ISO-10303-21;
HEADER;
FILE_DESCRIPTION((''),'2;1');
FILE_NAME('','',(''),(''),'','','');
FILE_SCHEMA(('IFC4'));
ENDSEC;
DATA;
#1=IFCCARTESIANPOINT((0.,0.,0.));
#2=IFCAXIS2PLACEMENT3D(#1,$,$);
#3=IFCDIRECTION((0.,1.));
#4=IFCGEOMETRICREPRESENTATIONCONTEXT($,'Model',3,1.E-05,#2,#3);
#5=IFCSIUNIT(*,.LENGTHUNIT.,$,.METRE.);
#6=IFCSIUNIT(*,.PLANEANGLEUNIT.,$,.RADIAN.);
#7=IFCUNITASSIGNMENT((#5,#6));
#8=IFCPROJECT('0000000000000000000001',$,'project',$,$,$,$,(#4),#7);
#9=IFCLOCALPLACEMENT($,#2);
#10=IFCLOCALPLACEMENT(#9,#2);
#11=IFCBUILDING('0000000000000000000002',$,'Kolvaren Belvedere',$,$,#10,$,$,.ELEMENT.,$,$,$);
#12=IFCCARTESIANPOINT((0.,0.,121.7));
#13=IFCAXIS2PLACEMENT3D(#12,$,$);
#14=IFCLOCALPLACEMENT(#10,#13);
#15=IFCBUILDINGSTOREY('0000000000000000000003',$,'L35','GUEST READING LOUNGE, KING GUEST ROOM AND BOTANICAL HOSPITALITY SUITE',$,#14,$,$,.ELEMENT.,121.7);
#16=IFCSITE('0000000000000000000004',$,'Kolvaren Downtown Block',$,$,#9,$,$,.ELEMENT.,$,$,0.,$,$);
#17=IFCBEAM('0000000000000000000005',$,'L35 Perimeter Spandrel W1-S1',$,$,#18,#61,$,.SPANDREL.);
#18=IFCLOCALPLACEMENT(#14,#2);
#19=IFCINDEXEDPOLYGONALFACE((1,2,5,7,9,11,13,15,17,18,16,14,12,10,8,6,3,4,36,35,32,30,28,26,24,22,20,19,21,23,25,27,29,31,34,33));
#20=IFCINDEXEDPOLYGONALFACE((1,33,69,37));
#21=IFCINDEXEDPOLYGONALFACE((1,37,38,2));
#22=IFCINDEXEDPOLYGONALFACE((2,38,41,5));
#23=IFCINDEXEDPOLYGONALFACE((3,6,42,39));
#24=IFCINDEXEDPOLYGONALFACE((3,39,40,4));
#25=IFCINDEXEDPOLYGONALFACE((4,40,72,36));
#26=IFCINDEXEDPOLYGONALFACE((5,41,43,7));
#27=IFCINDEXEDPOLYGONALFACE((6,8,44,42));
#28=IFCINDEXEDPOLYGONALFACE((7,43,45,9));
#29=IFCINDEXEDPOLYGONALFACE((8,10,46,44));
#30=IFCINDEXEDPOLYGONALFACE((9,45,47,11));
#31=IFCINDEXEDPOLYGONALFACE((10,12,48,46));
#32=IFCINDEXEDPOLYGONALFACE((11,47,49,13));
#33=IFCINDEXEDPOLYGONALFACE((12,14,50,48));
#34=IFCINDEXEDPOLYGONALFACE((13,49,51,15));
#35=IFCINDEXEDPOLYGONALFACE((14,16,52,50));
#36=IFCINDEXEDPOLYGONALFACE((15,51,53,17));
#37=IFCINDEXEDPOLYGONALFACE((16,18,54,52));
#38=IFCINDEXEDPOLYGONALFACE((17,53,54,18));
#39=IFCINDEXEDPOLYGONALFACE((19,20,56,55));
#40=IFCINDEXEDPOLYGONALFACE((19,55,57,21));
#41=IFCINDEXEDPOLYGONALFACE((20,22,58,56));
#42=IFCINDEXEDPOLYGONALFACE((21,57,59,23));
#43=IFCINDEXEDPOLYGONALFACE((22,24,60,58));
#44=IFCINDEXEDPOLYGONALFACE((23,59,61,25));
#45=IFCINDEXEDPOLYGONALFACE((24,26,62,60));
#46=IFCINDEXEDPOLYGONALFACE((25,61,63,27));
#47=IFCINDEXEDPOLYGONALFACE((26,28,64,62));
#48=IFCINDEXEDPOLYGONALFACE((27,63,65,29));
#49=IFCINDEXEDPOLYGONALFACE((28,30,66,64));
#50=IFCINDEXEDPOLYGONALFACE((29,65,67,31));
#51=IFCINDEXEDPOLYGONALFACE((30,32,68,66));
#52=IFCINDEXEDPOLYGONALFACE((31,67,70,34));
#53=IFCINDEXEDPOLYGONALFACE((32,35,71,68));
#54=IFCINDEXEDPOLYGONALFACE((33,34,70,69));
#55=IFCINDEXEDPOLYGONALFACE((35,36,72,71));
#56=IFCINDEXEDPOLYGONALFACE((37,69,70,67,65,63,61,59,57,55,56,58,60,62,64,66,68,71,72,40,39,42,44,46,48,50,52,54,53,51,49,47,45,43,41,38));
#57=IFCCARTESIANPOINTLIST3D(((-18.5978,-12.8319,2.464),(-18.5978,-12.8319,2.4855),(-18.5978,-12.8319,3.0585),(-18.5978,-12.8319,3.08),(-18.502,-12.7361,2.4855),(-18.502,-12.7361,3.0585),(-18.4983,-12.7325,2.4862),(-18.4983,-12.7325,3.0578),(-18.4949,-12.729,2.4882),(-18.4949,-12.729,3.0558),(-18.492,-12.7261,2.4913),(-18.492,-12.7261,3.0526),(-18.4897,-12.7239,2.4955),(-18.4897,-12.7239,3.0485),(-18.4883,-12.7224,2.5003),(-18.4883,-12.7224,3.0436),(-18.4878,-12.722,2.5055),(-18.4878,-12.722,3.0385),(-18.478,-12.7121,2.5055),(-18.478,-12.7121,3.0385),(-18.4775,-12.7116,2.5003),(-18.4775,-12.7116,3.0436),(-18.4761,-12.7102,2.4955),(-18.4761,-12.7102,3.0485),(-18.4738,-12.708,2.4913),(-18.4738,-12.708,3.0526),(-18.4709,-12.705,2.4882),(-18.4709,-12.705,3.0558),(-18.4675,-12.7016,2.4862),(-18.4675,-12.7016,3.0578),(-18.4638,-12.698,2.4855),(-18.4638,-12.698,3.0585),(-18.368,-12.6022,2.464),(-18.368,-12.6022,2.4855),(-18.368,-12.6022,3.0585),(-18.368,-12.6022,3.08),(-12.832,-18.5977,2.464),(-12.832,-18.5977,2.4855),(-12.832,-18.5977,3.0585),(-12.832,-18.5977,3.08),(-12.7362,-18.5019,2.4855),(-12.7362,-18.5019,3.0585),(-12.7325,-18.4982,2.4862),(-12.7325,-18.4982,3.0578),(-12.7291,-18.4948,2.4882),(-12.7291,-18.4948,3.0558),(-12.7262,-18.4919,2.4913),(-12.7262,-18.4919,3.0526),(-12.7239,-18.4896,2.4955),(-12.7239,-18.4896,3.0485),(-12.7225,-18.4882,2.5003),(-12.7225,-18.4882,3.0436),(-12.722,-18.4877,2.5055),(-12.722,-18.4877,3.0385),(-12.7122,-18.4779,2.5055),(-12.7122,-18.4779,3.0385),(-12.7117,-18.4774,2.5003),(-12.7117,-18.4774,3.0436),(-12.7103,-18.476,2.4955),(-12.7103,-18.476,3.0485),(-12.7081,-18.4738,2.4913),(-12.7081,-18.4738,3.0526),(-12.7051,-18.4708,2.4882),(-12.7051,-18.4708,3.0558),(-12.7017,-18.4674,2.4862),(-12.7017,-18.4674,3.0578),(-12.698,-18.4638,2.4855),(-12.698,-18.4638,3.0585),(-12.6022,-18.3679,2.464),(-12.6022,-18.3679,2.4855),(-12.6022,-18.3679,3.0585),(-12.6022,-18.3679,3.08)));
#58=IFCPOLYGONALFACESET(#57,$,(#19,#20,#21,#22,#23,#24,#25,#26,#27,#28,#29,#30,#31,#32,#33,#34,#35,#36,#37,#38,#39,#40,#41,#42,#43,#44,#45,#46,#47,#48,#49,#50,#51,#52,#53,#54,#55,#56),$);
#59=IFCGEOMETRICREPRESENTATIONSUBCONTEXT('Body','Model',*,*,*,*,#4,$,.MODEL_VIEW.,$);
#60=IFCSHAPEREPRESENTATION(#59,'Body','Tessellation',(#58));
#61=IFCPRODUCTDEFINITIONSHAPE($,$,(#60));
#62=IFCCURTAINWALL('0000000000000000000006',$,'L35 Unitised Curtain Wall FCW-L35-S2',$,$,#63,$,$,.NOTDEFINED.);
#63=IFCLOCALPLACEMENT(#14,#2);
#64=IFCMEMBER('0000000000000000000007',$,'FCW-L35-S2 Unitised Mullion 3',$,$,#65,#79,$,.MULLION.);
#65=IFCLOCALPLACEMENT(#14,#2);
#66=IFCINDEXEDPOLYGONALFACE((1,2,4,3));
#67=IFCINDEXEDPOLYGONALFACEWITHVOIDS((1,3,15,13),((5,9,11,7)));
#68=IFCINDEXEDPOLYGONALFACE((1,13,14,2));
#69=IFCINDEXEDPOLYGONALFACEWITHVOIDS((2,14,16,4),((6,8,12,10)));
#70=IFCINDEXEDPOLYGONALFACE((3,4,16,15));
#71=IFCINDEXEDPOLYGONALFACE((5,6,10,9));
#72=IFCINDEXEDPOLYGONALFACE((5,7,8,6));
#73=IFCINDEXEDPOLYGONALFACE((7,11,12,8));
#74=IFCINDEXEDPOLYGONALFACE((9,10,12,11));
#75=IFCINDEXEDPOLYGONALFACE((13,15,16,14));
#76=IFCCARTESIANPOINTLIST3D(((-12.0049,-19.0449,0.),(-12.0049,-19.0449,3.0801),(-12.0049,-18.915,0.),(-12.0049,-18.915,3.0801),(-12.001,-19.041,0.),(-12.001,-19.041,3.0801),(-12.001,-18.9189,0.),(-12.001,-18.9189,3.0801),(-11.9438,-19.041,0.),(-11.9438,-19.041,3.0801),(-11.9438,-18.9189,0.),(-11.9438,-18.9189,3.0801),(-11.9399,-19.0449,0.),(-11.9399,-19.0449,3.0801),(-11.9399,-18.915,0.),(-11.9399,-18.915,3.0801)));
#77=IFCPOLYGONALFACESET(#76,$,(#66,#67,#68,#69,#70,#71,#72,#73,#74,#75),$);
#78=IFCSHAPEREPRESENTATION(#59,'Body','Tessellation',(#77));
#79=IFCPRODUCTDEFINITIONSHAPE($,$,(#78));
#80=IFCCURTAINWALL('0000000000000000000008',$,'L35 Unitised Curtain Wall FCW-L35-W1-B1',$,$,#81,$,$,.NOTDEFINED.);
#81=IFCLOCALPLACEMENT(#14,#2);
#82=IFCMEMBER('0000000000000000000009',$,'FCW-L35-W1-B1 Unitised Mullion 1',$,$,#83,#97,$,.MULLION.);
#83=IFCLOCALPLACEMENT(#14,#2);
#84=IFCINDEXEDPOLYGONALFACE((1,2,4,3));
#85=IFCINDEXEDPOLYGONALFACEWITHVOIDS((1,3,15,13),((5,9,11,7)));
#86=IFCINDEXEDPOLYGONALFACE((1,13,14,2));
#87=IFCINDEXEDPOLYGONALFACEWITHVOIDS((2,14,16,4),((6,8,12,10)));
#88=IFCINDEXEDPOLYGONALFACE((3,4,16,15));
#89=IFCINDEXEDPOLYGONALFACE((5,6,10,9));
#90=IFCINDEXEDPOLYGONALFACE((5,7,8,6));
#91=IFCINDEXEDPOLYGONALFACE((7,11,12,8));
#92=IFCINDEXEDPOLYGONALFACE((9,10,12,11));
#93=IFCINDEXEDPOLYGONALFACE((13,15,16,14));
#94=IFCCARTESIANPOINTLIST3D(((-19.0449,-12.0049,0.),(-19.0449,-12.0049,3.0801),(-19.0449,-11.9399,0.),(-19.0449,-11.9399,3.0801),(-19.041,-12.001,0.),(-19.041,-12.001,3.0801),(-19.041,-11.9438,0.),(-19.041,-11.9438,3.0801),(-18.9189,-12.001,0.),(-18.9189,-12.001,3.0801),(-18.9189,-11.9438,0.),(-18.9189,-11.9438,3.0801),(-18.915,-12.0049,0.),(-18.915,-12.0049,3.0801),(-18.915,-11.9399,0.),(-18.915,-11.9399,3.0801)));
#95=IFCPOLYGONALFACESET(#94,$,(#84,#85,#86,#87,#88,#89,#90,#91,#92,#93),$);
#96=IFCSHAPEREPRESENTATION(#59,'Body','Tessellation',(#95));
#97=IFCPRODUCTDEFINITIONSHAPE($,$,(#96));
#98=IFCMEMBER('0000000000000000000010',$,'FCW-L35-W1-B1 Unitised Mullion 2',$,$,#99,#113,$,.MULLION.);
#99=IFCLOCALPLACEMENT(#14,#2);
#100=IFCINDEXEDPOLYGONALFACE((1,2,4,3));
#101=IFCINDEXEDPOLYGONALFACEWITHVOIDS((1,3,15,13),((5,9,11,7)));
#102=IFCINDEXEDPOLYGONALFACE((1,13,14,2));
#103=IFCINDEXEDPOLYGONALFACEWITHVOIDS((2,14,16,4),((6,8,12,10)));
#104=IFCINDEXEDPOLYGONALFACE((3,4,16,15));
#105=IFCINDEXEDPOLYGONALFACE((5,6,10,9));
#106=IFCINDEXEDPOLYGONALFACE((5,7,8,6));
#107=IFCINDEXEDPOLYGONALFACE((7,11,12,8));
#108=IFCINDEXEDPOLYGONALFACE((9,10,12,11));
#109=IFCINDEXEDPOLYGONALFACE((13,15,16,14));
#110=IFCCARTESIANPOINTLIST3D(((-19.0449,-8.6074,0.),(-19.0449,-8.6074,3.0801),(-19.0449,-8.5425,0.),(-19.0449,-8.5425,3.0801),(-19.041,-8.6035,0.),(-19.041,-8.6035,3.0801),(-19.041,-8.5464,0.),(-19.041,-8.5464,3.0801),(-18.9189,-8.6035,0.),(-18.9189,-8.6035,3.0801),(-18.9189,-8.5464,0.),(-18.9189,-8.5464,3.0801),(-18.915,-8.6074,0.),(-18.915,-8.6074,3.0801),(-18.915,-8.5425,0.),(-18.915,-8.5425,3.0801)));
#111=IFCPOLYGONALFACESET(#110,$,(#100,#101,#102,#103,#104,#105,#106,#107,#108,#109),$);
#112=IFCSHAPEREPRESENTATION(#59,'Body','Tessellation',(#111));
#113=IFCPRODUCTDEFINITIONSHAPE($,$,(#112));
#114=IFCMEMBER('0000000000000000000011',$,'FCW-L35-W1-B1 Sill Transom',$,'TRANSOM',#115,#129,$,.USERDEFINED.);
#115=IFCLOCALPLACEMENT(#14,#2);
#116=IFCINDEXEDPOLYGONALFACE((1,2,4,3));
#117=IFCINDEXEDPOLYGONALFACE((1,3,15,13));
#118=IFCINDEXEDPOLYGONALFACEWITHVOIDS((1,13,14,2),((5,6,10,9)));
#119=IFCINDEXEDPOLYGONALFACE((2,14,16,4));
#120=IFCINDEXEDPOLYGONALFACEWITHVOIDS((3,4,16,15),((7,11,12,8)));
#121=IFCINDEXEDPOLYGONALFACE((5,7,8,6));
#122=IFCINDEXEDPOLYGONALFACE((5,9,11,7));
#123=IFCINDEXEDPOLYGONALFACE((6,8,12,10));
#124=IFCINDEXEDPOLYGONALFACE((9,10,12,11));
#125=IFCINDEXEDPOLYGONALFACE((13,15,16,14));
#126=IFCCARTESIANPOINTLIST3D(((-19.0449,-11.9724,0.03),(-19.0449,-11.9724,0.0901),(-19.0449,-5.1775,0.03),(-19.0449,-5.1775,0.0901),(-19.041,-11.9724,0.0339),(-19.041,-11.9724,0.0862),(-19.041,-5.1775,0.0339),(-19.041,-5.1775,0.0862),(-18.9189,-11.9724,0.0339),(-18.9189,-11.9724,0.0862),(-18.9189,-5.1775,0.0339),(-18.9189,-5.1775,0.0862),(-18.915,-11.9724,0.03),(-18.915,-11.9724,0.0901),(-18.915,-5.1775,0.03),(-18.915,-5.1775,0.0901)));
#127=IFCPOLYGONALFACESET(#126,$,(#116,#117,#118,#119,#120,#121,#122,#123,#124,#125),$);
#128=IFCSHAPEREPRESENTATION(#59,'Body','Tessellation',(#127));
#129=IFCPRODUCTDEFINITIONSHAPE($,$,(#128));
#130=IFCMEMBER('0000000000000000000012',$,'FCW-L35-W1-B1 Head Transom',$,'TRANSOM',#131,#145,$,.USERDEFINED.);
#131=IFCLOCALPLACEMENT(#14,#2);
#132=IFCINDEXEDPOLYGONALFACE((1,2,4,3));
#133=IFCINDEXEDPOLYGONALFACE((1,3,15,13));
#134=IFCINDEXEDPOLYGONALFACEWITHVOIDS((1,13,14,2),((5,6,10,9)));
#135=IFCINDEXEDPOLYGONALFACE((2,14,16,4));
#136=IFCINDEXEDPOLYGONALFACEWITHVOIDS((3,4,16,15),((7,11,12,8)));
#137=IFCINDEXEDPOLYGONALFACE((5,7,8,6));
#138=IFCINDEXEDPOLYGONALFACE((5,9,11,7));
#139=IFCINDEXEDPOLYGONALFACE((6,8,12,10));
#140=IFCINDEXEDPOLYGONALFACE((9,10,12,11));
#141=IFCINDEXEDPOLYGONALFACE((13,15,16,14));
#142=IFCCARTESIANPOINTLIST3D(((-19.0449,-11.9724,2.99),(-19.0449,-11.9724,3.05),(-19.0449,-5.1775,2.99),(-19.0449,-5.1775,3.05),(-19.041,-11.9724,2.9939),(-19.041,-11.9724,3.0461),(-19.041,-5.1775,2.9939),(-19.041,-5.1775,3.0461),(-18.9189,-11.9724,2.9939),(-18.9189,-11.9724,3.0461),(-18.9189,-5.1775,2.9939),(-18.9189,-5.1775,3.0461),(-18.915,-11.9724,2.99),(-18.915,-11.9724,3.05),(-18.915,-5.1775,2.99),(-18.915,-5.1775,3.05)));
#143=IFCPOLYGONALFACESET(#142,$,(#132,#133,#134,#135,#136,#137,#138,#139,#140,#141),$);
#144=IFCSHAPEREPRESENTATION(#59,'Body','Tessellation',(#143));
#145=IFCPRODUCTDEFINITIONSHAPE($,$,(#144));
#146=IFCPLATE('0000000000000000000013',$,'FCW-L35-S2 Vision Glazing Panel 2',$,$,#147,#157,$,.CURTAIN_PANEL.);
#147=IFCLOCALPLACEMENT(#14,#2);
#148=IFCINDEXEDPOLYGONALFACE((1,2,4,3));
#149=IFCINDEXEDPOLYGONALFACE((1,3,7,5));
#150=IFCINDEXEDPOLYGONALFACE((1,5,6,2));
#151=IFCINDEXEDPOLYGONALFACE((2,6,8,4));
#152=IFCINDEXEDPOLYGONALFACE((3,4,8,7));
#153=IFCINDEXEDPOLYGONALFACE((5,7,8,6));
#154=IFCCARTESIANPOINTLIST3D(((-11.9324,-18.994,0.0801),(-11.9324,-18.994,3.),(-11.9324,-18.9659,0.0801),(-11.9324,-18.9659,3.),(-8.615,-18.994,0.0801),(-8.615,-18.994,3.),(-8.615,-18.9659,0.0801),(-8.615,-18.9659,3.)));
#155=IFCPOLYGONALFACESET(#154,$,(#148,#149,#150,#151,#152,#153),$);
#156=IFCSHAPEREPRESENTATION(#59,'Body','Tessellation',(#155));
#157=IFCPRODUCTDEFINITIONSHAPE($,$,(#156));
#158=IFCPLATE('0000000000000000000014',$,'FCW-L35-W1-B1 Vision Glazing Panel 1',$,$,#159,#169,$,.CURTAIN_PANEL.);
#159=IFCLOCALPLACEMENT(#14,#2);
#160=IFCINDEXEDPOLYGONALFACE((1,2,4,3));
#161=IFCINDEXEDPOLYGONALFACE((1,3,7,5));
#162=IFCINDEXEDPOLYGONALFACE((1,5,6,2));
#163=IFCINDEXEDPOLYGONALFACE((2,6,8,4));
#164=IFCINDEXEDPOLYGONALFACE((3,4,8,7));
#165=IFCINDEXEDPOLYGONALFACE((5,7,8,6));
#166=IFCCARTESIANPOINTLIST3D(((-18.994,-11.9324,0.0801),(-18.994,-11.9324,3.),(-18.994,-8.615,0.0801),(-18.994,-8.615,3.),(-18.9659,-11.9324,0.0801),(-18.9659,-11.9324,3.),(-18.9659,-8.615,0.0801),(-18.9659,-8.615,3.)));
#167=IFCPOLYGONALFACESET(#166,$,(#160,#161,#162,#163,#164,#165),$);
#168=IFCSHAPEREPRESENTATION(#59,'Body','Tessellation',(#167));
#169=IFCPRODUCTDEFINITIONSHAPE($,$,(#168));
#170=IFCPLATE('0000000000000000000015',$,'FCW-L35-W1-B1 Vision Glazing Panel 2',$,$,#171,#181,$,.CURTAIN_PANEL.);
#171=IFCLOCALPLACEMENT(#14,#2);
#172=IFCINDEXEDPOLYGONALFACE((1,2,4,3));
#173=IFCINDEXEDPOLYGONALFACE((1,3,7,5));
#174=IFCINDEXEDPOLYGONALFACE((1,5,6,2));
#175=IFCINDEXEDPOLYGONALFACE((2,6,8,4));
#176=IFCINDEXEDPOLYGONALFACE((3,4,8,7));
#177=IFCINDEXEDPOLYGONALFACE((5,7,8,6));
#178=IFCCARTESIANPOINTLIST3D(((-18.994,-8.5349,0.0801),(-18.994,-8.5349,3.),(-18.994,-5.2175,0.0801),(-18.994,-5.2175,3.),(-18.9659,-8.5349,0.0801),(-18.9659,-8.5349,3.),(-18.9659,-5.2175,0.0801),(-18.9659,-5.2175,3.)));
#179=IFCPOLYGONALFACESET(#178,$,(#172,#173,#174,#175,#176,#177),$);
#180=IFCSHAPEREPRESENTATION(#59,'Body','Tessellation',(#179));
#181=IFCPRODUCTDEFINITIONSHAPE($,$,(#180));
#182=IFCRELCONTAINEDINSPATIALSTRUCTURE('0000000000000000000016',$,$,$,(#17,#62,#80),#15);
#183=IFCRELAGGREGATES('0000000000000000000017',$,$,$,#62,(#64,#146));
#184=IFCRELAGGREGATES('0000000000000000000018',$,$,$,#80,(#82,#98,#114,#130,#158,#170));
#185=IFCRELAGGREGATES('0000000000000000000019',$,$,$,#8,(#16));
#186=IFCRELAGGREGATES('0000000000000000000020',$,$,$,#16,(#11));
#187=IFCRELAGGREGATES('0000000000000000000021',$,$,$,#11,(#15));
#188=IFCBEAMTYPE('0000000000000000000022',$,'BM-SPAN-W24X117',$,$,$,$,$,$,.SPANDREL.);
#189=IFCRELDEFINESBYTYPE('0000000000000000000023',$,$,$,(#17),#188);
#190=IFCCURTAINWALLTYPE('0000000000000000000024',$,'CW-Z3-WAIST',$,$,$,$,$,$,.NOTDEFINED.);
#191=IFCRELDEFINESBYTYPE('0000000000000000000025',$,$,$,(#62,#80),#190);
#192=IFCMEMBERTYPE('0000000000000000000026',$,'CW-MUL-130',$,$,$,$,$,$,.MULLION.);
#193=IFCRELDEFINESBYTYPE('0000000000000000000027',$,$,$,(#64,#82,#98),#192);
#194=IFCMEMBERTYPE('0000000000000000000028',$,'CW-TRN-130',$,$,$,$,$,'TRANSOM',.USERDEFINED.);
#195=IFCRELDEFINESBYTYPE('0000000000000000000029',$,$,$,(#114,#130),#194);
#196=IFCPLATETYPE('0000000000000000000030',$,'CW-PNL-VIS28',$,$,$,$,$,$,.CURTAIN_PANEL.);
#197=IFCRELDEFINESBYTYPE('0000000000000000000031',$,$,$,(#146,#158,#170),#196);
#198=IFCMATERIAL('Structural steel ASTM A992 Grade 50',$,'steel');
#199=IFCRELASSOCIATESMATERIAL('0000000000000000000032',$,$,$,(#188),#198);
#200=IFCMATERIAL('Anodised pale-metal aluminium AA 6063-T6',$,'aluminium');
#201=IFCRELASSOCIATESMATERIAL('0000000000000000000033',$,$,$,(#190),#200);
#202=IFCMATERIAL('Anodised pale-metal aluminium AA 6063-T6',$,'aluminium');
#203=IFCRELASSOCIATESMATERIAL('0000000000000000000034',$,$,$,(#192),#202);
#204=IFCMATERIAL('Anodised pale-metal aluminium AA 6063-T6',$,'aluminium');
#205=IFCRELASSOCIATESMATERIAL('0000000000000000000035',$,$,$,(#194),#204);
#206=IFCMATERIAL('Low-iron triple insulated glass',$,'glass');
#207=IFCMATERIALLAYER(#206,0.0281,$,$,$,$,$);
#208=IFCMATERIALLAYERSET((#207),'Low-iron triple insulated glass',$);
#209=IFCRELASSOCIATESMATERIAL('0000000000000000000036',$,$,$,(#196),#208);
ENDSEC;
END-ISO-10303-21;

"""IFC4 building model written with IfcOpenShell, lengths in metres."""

from ifc_helpers import new_model, si_unit, direction, frame, origin, origin_2d, place, context, subcontext, project, spatial, rectangle, hollow_rectangle, i_section, extrude, material, layer, layer_set, material_profile, profile_set, type_object, element, aggregate, save


model = new_model("IFC4")

# Units and contexts
model_context = context("Model", 3, precision=1e-05, world=origin(), true_north=direction((0.0, 1.0)))
body_context = subcontext(model_context, "Body", "Model", "MODEL_VIEW")
ifc_project = project(units=[si_unit("LENGTHUNIT", "METRE"), si_unit("PLANEANGLEUNIT", "RADIAN")], contexts=[model_context])

# Site, building, storey
site_placement = place(None, origin())
site = spatial("IfcSite", under=ifc_project, at=site_placement, Name="Kolvaren Downtown Block", CompositionType="ELEMENT", RefElevation=0.0)
building_placement = place(site_placement, origin())
building = spatial("IfcBuilding", under=site, at=building_placement, Name="Kolvaren Belvedere", CompositionType="ELEMENT")
storey_placement = place(building_placement, frame((0.0, 0.0, 121.7)))
storey = spatial("IfcBuildingStorey", under=building, at=storey_placement, Name="L35", Description="GUEST READING LOUNGE, KING GUEST ROOM AND BOTANICAL HOSPITALITY SUITE", CompositionType="ELEMENT", Elevation=121.7)

# Beam
ifc_material_1 = material(Name="Structural steel ASTM A992 Grade 50", Category="steel")
ifc_material_profile_1 = material_profile(ifc_material_1, i_section(OverallWidth=0.325, OverallDepth=0.616, WebThickness=0.0139, FlangeThickness=0.0215, FilletRadius=0.02, at=origin_2d()), Name="W24X117")
ifc_profile_set_1 = profile_set([ifc_material_profile_1], Name="Structural steel ASTM A992 Grade 50")
beam_type_1 = type_object("IfcBeamType", Name="BM-SPAN-W24X117", PredefinedType="SPANDREL", material=ifc_profile_set_1)
beam_1_placement = place(storey_placement, frame((-18.4829, -12.717, 2.772), z_axis=(0.707107, -0.707107, 0.0), x_axis=(0.707107, 0.707107, 0.0)))
element("IfcBeam", 1, at=beam_1_placement, inside=storey, type_object=beam_type_1, Name="L35 Perimeter Spandrel W1-S1", PredefinedType="SPANDREL", context=body_context, shape_type="SweptSolid", body=[
    extrude(i_section(OverallWidth=0.325, OverallDepth=0.616, WebThickness=0.0139, FlangeThickness=0.0215, FilletRadius=0.02, at=origin_2d()), origin(), (0.0, 0.0, 1.0), 8.1541),
])

# Curtain wall, member
ifc_material_2 = material(Name="Anodised pale-metal aluminium AA 6063-T6", Category="aluminium")
curtain_wall_type = type_object("IfcCurtainWallType", Name="CW-Z3-WAIST", PredefinedType="NOTDEFINED", material=ifc_material_2)
curtain_wall_1_placement = place(storey_placement, origin())
curtain_wall_1 = element("IfcCurtainWall", 2, at=curtain_wall_1_placement, inside=storey, type_object=curtain_wall_type, Name="L35 Unitised Curtain Wall FCW-L35-S2", PredefinedType="NOTDEFINED")
ifc_material_3 = material(Name="Anodised pale-metal aluminium AA 6063-T6", Category="aluminium")
ifc_material_profile_2 = material_profile(ifc_material_3, hollow_rectangle(XDim=0.0649, YDim=0.1299, WallThickness=0.0039, at=origin_2d()), Name="ALU-MUL-130X65")
ifc_profile_set_2 = profile_set([ifc_material_profile_2], Name="Anodised pale-metal aluminium AA 6063-T6")
member_type_1 = type_object("IfcMemberType", Name="CW-MUL-130", PredefinedType="MULLION", material=ifc_profile_set_2)
member_1_placement = place(storey_placement, frame((-11.9724, -18.98, 0.0), z_axis=(0.0, 0.0, 1.0), x_axis=(1.0, 0.0, 0.0)))
member_1 = element("IfcMember", 3, at=member_1_placement, type_object=member_type_1, Name="FCW-L35-S2 Unitised Mullion 3", PredefinedType="MULLION", context=body_context, shape_type="SweptSolid", body=[
    extrude(hollow_rectangle(XDim=0.0649, YDim=0.1299, WallThickness=0.0039, at=origin_2d()), origin(), (0.0, 0.0, 1.0), 3.0801),
])

# Curtain wall, members
curtain_wall_2_placement = place(storey_placement, origin())
curtain_wall_2 = element("IfcCurtainWall", 4, at=curtain_wall_2_placement, inside=storey, type_object=curtain_wall_type, Name="L35 Unitised Curtain Wall FCW-L35-W1-B1", PredefinedType="NOTDEFINED")
member_2_placement = place(storey_placement, frame((-18.98, -11.9724, 0.0), z_axis=(0.0, 0.0, 1.0), x_axis=(0.0, 1.0, 0.0)))
member_2 = element("IfcMember", 5, at=member_2_placement, type_object=member_type_1, Name="FCW-L35-W1-B1 Unitised Mullion 1", PredefinedType="MULLION", context=body_context, shape_type="SweptSolid", body=[
    extrude(hollow_rectangle(XDim=0.0649, YDim=0.1299, WallThickness=0.0039, at=origin_2d()), origin(), (0.0, 0.0, 1.0), 3.0801),
])
member_3_placement = place(storey_placement, frame((-18.98, -8.575, 0.0), z_axis=(0.0, 0.0, 1.0), x_axis=(0.0, 1.0, 0.0)))
member_3 = element("IfcMember", 6, at=member_3_placement, type_object=member_type_1, Name="FCW-L35-W1-B1 Unitised Mullion 2", PredefinedType="MULLION", context=body_context, shape_type="SweptSolid", body=[
    extrude(hollow_rectangle(XDim=0.0649, YDim=0.1299, WallThickness=0.0039, at=origin_2d()), origin(), (0.0, 0.0, 1.0), 3.0801),
])
ifc_material_4 = material(Name="Anodised pale-metal aluminium AA 6063-T6", Category="aluminium")
ifc_material_profile_3 = material_profile(ifc_material_4, hollow_rectangle(XDim=0.0601, YDim=0.1299, WallThickness=0.0039, at=origin_2d()), Name="ALU-TRN-130X60")
ifc_profile_set_3 = profile_set([ifc_material_profile_3], Name="Anodised pale-metal aluminium AA 6063-T6")
member_type_2 = type_object("IfcMemberType", Name="CW-TRN-130", ElementType="TRANSOM", PredefinedType="USERDEFINED", material=ifc_profile_set_3)
member_4_placement = place(storey_placement, frame((-18.98, -11.9724, 0.0601), z_axis=(0.0, 1.0, 0.0), x_axis=(0.0, 0.0, 1.0)))
member_4 = element("IfcMember", 7, at=member_4_placement, type_object=member_type_2, Name="FCW-L35-W1-B1 Sill Transom", ObjectType="TRANSOM", PredefinedType="USERDEFINED", context=body_context, shape_type="SweptSolid", body=[
    extrude(hollow_rectangle(XDim=0.0601, YDim=0.1299, WallThickness=0.0039, at=origin_2d()), origin(), (0.0, 0.0, 1.0), 6.7949),
])
member_5_placement = place(storey_placement, frame((-18.98, -11.9724, 3.02), z_axis=(0.0, 1.0, 0.0), x_axis=(0.0, 0.0, 1.0)))
member_5 = element("IfcMember", 8, at=member_5_placement, type_object=member_type_2, Name="FCW-L35-W1-B1 Head Transom", ObjectType="TRANSOM", PredefinedType="USERDEFINED", context=body_context, shape_type="SweptSolid", body=[
    extrude(hollow_rectangle(XDim=0.0601, YDim=0.1299, WallThickness=0.0039, at=origin_2d()), origin(), (0.0, 0.0, 1.0), 6.7949),
])

# Plates
ifc_material_5 = material(Name="Low-iron triple insulated glass", Category="glass")
ifc_layer_1 = layer(ifc_material_5, 0.0281)
ifc_layer_set_1 = layer_set([ifc_layer_1], Name="Low-iron triple insulated glass")
plate_type_1 = type_object("IfcPlateType", Name="CW-PNL-VIS28", PredefinedType="CURTAIN_PANEL", material=ifc_layer_set_1)
plate_1_placement = place(storey_placement, frame((-10.2737, -18.98, 0.0801), z_axis=(0.0, 0.0, 1.0), x_axis=(-1.0, 0.0, 0.0)))
plate_1 = element("IfcPlate", 9, at=plate_1_placement, type_object=plate_type_1, Name="FCW-L35-S2 Vision Glazing Panel 2", PredefinedType="CURTAIN_PANEL", context=body_context, shape_type="SweptSolid", body=[
    extrude(rectangle(XDim=3.3174, YDim=0.0281, at=origin_2d()), origin(), (0.0, 0.0, 1.0), 2.9199),
])
aggregate(curtain_wall_1, [member_1, plate_1])
plate_2_placement = place(storey_placement, frame((-18.98, -10.2737, 0.0801), z_axis=(0.0, 0.0, 1.0), x_axis=(0.0, 1.0, 0.0)))
plate_2 = element("IfcPlate", 10, at=plate_2_placement, type_object=plate_type_1, Name="FCW-L35-W1-B1 Vision Glazing Panel 1", PredefinedType="CURTAIN_PANEL", context=body_context, shape_type="SweptSolid", body=[
    extrude(rectangle(XDim=3.3174, YDim=0.0281, at=origin_2d()), origin(), (0.0, 0.0, 1.0), 2.9199),
])
plate_3_placement = place(storey_placement, frame((-18.98, -6.8762, 0.0801), z_axis=(0.0, 0.0, 1.0), x_axis=(0.0, 1.0, 0.0)))
plate_3 = element("IfcPlate", 11, at=plate_3_placement, type_object=plate_type_1, Name="FCW-L35-W1-B1 Vision Glazing Panel 2", PredefinedType="CURTAIN_PANEL", context=body_context, shape_type="SweptSolid", body=[
    extrude(rectangle(XDim=3.3174, YDim=0.0281, at=origin_2d()), origin(), (0.0, 0.0, 1.0), 2.9199),
])
aggregate(curtain_wall_2, [member_2, member_3, member_4, member_5, plate_2, plate_3])

save(model, "model.ifc")
